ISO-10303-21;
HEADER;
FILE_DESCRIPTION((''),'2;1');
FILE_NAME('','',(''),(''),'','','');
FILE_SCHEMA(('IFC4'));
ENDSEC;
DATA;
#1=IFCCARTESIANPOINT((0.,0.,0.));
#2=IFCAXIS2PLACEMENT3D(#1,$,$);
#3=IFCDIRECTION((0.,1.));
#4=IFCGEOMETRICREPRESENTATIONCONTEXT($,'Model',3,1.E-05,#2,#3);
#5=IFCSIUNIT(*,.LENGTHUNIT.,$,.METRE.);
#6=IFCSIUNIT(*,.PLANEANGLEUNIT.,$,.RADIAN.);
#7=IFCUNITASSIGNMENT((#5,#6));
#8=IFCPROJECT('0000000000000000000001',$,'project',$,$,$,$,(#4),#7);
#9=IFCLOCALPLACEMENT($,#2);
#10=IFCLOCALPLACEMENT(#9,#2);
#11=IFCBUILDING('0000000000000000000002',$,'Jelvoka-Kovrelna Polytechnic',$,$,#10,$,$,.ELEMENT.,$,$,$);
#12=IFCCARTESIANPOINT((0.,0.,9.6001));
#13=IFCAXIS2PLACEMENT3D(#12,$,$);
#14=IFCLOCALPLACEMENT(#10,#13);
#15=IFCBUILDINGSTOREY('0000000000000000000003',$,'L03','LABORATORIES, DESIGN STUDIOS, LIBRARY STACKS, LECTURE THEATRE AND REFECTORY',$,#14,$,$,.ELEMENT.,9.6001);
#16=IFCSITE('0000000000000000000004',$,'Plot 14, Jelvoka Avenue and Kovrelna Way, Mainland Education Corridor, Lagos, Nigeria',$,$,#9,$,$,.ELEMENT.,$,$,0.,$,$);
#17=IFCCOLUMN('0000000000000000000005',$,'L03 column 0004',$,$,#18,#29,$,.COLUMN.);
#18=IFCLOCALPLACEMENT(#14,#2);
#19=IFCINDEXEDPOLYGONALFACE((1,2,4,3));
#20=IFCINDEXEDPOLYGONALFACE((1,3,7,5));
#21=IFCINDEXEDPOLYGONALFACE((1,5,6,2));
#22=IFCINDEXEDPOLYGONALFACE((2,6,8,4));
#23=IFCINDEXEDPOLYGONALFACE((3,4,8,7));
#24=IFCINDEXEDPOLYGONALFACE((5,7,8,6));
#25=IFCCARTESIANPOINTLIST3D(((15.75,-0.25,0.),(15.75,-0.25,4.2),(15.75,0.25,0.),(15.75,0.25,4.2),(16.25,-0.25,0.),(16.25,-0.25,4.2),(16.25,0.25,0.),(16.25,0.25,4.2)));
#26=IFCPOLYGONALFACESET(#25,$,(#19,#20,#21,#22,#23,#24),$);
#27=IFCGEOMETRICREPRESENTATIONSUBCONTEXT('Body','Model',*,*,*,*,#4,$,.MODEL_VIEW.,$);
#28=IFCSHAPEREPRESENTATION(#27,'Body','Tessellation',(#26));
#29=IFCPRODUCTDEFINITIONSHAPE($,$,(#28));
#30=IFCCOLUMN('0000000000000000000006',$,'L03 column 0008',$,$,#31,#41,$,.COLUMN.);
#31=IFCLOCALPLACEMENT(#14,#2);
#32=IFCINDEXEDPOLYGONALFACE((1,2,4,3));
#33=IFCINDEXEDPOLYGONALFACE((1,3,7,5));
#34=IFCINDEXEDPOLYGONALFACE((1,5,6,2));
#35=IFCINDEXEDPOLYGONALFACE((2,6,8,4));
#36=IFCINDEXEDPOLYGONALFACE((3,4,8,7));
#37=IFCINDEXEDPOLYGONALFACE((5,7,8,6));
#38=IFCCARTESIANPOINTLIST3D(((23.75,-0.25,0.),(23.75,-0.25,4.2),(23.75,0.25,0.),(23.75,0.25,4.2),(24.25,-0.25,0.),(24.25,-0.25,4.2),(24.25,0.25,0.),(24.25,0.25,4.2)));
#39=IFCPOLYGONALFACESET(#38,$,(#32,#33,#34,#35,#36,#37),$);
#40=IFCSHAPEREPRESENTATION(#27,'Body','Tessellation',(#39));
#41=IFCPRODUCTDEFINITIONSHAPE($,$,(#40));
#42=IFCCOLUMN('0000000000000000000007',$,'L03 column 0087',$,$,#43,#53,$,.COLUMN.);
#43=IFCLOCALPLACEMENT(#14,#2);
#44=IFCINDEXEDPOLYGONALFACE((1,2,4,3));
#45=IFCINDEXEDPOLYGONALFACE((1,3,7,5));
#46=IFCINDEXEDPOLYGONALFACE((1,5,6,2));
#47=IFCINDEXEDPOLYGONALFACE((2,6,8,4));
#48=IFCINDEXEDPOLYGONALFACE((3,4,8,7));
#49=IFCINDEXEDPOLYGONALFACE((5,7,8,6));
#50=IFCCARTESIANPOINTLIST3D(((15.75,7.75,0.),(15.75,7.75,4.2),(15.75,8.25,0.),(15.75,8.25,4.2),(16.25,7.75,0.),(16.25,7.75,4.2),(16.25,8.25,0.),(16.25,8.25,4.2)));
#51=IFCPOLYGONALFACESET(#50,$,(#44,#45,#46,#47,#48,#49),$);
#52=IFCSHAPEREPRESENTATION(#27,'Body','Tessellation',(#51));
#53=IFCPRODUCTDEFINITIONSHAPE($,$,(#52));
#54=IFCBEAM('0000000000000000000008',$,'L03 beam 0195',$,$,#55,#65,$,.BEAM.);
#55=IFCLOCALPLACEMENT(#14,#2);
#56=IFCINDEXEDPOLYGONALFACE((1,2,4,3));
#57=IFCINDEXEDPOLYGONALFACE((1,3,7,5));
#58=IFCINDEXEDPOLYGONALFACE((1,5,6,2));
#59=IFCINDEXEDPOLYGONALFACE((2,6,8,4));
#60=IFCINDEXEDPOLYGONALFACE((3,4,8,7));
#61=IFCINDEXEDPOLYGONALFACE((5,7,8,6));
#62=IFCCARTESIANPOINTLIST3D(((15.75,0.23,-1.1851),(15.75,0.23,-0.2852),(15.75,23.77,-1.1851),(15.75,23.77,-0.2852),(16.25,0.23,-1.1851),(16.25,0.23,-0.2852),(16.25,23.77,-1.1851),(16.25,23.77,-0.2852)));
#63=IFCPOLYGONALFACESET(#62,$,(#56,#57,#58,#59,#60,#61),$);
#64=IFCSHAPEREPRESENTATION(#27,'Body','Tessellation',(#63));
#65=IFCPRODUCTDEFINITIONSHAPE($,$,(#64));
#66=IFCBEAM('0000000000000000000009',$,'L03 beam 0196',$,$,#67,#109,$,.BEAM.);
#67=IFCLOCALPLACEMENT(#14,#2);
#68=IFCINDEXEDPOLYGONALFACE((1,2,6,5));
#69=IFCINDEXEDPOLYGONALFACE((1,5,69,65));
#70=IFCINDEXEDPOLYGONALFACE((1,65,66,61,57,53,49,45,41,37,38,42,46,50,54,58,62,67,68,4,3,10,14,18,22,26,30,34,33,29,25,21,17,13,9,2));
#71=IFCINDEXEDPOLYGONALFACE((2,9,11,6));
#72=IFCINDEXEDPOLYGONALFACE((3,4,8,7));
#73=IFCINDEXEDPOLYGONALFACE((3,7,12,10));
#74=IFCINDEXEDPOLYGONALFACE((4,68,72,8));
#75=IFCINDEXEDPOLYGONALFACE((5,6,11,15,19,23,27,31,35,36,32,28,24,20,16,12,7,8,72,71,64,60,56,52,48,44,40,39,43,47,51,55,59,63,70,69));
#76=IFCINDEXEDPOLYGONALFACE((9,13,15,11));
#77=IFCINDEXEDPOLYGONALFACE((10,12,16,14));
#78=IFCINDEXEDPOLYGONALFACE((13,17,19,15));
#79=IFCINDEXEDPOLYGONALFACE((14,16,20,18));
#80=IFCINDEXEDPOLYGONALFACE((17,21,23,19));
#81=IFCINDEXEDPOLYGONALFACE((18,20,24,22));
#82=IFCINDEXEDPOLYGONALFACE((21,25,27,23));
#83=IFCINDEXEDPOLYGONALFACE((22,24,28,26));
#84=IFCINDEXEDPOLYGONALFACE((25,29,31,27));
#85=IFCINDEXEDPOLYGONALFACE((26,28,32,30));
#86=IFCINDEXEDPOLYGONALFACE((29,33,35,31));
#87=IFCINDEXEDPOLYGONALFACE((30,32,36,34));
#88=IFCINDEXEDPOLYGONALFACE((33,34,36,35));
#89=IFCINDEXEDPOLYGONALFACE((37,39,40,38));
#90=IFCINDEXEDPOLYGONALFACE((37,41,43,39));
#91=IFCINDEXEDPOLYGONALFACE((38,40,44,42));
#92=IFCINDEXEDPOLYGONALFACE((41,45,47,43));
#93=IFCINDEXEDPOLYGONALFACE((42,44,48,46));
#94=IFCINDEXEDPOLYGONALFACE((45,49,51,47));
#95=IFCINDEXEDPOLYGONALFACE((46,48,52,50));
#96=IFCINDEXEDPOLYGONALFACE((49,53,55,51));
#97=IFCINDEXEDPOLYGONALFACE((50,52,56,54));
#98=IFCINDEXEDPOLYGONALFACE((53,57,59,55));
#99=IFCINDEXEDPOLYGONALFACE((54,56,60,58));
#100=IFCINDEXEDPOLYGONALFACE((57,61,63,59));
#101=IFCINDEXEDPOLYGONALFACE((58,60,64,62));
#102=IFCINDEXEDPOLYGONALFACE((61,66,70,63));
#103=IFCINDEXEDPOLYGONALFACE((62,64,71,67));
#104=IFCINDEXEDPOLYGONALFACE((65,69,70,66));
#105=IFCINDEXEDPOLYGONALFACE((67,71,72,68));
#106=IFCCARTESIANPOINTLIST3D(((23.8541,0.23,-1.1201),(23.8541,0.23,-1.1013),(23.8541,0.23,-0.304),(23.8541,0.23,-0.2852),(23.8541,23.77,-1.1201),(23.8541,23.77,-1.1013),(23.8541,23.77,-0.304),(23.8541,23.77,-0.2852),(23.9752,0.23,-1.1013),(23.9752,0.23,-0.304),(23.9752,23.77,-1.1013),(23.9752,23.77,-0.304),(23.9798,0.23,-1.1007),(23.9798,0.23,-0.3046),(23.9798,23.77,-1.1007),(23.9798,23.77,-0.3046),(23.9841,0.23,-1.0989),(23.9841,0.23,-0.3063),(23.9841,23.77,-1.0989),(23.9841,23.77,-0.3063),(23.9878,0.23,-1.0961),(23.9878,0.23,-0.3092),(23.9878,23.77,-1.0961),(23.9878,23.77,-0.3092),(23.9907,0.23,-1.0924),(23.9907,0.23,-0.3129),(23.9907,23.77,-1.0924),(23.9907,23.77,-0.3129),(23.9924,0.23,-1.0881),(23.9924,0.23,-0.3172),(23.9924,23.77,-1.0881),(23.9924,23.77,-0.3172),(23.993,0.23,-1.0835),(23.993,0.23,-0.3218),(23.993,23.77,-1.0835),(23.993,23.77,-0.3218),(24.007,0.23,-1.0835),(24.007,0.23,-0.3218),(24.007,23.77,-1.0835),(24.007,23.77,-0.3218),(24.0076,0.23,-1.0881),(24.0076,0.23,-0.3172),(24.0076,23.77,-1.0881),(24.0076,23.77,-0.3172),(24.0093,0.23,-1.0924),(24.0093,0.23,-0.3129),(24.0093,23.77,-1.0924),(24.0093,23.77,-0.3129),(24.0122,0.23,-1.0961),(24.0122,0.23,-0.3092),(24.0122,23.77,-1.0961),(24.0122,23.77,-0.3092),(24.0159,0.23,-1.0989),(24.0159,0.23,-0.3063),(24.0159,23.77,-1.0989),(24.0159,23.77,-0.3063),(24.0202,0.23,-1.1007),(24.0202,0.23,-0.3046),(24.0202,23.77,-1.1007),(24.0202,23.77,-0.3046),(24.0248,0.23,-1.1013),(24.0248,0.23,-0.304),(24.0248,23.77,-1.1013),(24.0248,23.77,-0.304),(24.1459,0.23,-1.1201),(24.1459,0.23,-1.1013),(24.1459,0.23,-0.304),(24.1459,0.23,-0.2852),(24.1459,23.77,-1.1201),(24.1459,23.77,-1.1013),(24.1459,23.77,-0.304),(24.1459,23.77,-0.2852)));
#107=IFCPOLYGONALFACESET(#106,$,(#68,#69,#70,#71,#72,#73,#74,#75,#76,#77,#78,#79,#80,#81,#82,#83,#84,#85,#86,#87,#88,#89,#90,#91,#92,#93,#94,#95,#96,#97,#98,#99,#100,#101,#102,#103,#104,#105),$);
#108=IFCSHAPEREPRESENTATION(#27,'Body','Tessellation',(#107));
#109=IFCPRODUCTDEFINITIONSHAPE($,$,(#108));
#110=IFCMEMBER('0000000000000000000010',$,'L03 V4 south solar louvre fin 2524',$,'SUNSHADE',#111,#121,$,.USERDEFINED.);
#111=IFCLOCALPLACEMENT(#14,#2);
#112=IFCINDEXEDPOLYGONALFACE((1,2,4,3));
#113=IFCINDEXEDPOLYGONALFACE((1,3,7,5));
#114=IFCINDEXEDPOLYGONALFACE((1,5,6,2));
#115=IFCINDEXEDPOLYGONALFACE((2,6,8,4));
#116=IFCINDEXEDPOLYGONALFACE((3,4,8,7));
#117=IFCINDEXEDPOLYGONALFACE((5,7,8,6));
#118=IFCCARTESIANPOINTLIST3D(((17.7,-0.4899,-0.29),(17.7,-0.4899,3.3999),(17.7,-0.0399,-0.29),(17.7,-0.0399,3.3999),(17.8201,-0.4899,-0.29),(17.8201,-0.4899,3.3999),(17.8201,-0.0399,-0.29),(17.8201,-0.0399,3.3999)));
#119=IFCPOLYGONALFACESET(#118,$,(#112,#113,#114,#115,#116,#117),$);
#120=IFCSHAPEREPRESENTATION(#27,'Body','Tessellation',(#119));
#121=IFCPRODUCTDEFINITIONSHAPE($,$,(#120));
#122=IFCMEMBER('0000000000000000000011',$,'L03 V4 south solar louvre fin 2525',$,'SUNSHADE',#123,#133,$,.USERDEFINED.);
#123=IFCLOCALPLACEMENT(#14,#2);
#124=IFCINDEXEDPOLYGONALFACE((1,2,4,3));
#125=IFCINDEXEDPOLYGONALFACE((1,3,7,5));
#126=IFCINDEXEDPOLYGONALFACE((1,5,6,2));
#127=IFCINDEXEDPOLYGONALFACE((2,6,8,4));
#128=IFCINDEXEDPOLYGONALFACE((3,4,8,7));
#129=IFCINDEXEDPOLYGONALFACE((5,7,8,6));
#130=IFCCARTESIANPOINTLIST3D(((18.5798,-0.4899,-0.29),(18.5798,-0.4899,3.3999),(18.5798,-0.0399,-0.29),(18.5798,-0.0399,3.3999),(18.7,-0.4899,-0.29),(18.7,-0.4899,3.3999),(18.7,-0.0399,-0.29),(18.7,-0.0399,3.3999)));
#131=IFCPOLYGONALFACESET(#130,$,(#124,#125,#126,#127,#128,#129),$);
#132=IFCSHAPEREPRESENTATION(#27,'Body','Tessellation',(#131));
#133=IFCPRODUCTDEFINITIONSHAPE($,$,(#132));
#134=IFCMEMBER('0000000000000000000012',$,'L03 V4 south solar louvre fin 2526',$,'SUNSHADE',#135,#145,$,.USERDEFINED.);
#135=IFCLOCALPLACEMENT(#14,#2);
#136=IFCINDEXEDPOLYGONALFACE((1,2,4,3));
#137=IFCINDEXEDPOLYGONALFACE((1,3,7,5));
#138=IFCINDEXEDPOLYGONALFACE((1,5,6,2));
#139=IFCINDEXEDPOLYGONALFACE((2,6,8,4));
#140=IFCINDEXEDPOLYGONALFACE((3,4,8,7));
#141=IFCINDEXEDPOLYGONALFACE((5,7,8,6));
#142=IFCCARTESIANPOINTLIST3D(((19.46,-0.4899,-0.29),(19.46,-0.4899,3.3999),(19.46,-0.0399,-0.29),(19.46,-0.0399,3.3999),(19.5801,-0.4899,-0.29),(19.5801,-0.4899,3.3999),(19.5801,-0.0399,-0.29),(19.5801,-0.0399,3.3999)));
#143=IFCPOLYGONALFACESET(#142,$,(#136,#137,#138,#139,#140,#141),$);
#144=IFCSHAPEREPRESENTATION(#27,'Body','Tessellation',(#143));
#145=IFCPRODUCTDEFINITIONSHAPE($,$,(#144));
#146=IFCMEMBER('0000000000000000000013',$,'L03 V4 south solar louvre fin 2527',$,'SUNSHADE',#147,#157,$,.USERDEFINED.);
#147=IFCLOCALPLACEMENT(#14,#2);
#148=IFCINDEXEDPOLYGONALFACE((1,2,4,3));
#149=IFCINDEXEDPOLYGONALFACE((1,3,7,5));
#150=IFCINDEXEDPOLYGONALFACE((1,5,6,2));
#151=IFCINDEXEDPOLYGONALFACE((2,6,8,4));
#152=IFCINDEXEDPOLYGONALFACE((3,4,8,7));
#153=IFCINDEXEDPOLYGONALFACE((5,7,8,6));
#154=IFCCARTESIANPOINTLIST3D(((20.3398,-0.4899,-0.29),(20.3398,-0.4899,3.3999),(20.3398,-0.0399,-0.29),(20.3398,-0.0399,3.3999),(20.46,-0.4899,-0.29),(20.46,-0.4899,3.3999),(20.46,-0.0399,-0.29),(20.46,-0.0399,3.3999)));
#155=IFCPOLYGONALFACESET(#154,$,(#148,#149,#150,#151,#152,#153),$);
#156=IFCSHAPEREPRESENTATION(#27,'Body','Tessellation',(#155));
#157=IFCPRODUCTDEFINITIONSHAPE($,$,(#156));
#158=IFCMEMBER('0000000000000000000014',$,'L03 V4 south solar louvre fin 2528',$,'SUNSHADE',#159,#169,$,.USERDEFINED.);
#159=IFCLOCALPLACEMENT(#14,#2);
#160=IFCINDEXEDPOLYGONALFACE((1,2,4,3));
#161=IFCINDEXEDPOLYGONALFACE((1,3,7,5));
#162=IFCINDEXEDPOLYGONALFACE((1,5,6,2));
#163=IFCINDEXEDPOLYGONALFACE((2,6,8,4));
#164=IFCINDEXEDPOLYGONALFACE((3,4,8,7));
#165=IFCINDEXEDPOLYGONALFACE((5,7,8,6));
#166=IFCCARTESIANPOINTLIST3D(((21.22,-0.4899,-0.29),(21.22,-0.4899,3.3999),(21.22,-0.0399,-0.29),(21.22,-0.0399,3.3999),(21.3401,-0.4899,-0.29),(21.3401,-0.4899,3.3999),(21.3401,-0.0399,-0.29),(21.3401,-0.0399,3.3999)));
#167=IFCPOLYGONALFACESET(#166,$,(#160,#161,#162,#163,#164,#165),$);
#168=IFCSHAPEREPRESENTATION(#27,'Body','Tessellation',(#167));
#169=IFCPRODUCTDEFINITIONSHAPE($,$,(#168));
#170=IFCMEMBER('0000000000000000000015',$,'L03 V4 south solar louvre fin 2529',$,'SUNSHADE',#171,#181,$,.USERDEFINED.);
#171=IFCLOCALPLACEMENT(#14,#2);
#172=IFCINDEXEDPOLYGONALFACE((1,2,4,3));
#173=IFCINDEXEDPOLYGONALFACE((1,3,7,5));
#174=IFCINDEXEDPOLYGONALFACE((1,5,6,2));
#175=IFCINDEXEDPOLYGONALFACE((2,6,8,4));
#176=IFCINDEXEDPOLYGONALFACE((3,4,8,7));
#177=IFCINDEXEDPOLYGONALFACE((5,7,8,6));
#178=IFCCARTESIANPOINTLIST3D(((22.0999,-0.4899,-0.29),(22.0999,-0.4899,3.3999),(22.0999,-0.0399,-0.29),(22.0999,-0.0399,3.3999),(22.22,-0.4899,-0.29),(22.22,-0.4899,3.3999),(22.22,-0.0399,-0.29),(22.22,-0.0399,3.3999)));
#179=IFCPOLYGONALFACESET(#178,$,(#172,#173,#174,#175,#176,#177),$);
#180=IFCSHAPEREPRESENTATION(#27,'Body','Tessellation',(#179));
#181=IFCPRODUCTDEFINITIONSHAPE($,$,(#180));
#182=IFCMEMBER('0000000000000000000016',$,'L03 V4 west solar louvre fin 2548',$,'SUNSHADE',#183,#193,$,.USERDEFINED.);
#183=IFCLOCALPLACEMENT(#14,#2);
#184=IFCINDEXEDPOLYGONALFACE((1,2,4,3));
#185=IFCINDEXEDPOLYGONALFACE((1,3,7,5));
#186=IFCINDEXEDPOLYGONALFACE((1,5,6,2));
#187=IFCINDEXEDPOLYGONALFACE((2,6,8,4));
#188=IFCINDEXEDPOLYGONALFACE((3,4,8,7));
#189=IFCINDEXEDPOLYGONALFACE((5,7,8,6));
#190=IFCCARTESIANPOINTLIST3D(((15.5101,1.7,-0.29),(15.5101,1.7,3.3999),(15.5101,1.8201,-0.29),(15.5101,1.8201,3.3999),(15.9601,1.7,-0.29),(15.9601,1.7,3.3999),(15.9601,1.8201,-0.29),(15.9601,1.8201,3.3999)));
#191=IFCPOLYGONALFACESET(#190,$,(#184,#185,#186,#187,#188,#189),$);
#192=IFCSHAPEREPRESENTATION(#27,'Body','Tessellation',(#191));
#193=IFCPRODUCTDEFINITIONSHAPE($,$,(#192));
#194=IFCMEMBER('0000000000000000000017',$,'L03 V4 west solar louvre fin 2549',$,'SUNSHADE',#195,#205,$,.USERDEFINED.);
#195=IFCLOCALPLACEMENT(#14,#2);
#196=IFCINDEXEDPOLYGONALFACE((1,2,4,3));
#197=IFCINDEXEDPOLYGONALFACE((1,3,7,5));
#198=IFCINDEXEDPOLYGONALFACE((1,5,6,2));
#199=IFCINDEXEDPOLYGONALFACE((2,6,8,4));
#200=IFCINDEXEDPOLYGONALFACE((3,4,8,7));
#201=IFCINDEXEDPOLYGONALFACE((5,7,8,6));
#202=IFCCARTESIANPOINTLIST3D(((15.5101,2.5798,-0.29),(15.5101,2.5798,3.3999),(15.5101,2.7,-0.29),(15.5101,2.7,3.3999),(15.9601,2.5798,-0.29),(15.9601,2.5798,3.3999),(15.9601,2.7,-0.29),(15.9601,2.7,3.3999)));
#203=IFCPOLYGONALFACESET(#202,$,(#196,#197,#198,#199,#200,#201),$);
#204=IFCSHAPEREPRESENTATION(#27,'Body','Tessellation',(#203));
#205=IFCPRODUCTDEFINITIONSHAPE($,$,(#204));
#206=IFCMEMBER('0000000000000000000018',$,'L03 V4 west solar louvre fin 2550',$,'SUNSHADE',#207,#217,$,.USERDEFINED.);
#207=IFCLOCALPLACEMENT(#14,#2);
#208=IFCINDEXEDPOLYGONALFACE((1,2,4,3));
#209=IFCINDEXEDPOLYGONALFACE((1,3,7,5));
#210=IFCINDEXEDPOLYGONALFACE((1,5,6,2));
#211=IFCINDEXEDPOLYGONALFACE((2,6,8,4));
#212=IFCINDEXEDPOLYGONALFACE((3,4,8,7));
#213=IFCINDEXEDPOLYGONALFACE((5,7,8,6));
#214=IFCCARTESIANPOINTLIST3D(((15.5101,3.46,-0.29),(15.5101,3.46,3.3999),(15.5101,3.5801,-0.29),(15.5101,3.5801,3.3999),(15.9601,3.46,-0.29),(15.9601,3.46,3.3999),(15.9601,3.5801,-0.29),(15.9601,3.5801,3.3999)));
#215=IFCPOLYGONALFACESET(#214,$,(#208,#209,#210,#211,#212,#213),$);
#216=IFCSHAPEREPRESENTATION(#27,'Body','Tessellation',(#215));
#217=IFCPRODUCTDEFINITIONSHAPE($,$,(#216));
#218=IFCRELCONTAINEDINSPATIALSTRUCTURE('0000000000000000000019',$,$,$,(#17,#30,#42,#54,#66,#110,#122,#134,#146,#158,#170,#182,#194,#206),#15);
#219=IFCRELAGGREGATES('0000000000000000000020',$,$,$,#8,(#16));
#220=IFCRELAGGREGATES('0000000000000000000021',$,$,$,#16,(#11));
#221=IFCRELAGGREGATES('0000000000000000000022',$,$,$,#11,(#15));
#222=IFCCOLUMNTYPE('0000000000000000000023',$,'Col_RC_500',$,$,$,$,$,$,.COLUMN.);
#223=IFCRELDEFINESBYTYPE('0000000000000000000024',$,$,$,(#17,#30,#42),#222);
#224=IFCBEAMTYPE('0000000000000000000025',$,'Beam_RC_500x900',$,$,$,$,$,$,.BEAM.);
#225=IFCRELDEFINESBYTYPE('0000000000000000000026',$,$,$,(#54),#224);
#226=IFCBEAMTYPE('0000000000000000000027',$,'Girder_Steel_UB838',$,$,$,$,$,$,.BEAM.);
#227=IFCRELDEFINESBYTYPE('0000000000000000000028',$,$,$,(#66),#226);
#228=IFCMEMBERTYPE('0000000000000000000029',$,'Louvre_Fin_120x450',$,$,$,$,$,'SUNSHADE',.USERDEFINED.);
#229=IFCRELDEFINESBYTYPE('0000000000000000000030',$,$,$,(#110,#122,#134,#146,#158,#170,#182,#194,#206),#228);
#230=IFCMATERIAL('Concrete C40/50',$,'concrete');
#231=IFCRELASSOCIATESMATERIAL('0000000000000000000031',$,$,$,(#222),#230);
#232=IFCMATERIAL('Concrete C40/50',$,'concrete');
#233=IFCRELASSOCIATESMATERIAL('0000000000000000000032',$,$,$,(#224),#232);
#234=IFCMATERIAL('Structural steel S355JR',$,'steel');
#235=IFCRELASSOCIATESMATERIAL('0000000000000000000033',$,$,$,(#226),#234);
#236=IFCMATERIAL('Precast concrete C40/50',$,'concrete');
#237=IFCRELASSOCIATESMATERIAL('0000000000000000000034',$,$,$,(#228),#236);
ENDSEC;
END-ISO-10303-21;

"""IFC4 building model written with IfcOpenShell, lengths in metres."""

from ifc_helpers import new_model, si_unit, direction, frame, origin, origin_2d, place, context, subcontext, project, spatial, rectangle, i_section, extrude, material, material_profile, profile_set, type_object, element, save


model = new_model("IFC4")

# Units and contexts
model_context = context("Model", 3, precision=1e-05, world=origin(), true_north=direction((0.0, 1.0)))
body_context = subcontext(model_context, "Body", "Model", "MODEL_VIEW")
ifc_project = project(units=[si_unit("LENGTHUNIT", "METRE"), si_unit("PLANEANGLEUNIT", "RADIAN")], contexts=[model_context])

# Site, building, storey
site_placement = place(None, origin())
site = spatial("IfcSite", under=ifc_project, at=site_placement, Name="Plot 14, Jelvoka Avenue and Kovrelna Way, Mainland Education Corridor, Lagos, Nigeria", CompositionType="ELEMENT", RefElevation=0.0)
building_placement = place(site_placement, origin())
building = spatial("IfcBuilding", under=site, at=building_placement, Name="Jelvoka-Kovrelna Polytechnic", CompositionType="ELEMENT")
storey_placement = place(building_placement, frame((0.0, 0.0, 9.6001)))
storey = spatial("IfcBuildingStorey", under=building, at=storey_placement, Name="L03", Description="LABORATORIES, DESIGN STUDIOS, LIBRARY STACKS, LECTURE THEATRE AND REFECTORY", CompositionType="ELEMENT", Elevation=9.6001)

# Columns
ifc_material_1 = material(Name="Concrete C40/50", Category="concrete")
ifc_material_profile_1 = material_profile(ifc_material_1, rectangle(XDim=0.5, YDim=0.5, at=origin_2d()), Name="RC 500x500")
ifc_profile_set_1 = profile_set([ifc_material_profile_1], Name="Concrete C40/50")
column_type = type_object("IfcColumnType", Name="Col_RC_500", PredefinedType="COLUMN", material=ifc_profile_set_1)
for number, where, z_axis, x_axis, name in (
    (1, (16.0, 0.0, 0.0), (0.0, 0.0, 1.0), (0.0, 1.0, 0.0), "L03 column 0004"),
    (2, (24.0, 0.0, 0.0), (0.0, 0.0, 1.0), (0.0, 1.0, 0.0), "L03 column 0008"),
    (3, (16.0, 8.0, 0.0), (0.0, 0.0, 1.0), (0.0, 1.0, 0.0), "L03 column 0087"),
):
    element("IfcColumn", number, at=place(storey_placement, frame(where, z_axis=z_axis, x_axis=x_axis)), inside=storey, type_object=column_type, Name=name, PredefinedType="COLUMN", context=body_context, shape_type="SweptSolid", body=[
        extrude(rectangle(XDim=0.5, YDim=0.5, at=origin_2d()), origin(), (0.0, 0.0, 1.0), 4.2),
    ])

# Beams
ifc_material_2 = material(Name="Concrete C40/50", Category="concrete")
ifc_material_profile_2 = material_profile(ifc_material_2, rectangle(XDim=0.5, YDim=0.8999, at=origin_2d()), Name="RC 500x900")
ifc_profile_set_2 = profile_set([ifc_material_profile_2], Name="Concrete C40/50")
beam_type_1 = type_object("IfcBeamType", Name="Beam_RC_500x900", PredefinedType="BEAM", material=ifc_profile_set_2)
beam_1_placement = place(storey_placement, frame((16.0, 0.23, -0.7351), z_axis=(0.0, 1.0, 0.0), x_axis=(-1.0, 0.0, 0.0)))
element("IfcBeam", 4, at=beam_1_placement, inside=storey, type_object=beam_type_1, Name="L03 beam 0195", PredefinedType="BEAM", context=body_context, shape_type="SweptSolid", body=[
    extrude(rectangle(XDim=0.5, YDim=0.8999, at=origin_2d()), origin(), (0.0, 0.0, 1.0), 23.54),
])
ifc_material_3 = material(Name="Structural steel S355JR", Category="steel")
ifc_material_profile_3 = material_profile(ifc_material_3, i_section(OverallWidth=0.2917, OverallDepth=0.835, WebThickness=0.0139, FlangeThickness=0.0188, FilletRadius=0.0178, at=origin_2d()), Name="838x292x176 UB")
ifc_profile_set_3 = profile_set([ifc_material_profile_3], Name="Structural steel S355JR")
beam_type_2 = type_object("IfcBeamType", Name="Girder_Steel_UB838", PredefinedType="BEAM", material=ifc_profile_set_3)
beam_2_placement = place(storey_placement, frame((24.0, 0.23, -0.7026), z_axis=(0.0, 1.0, 0.0), x_axis=(-1.0, 0.0, 0.0)))
element("IfcBeam", 5, at=beam_2_placement, inside=storey, type_object=beam_type_2, Name="L03 beam 0196", PredefinedType="BEAM", context=body_context, shape_type="SweptSolid", body=[
    extrude(i_section(OverallWidth=0.2917, OverallDepth=0.835, WebThickness=0.0139, FlangeThickness=0.0188, FilletRadius=0.0178, at=origin_2d()), origin(), (0.0, 0.0, 1.0), 23.54),
])

# Members
ifc_material_4 = material(Name="Precast concrete C40/50", Category="concrete")
ifc_material_profile_4 = material_profile(ifc_material_4, rectangle(XDim=0.1201, YDim=0.45, at=origin_2d()), Name="PC 120x450")
ifc_profile_set_4 = profile_set([ifc_material_profile_4], Name="Precast concrete C40/50")
member_type = type_object("IfcMemberType", Name="Louvre_Fin_120x450", ElementType="SUNSHADE", PredefinedType="USERDEFINED", material=ifc_profile_set_4)
for number, where, z_axis, x_axis, name in (
    (6, (17.76, -0.2649, -0.29), (0.0, 0.0, 1.0), (1.0, 0.0, 0.0), "L03 V4 south solar louvre fin 2524"),
    (7, (18.6399, -0.2649, -0.29), (0.0, 0.0, 1.0), (1.0, 0.0, 0.0), "L03 V4 south solar louvre fin 2525"),
    (8, (19.52, -0.2649, -0.29), (0.0, 0.0, 1.0), (1.0, 0.0, 0.0), "L03 V4 south solar louvre fin 2526"),
    (9, (20.3999, -0.2649, -0.29), (0.0, 0.0, 1.0), (1.0, 0.0, 0.0), "L03 V4 south solar louvre fin 2527"),
    (10, (21.28, -0.2649, -0.29), (0.0, 0.0, 1.0), (1.0, 0.0, 0.0), "L03 V4 south solar louvre fin 2528"),
    (11, (22.1599, -0.2649, -0.29), (0.0, 0.0, 1.0), (1.0, 0.0, 0.0), "L03 V4 south solar louvre fin 2529"),
    (12, (15.7351, 1.76, -0.29), (0.0, 0.0, 1.0), (0.0, 1.0, 0.0), "L03 V4 west solar louvre fin 2548"),
    (13, (15.7351, 2.6399, -0.29), (0.0, 0.0, 1.0), (0.0, 1.0, 0.0), "L03 V4 west solar louvre fin 2549"),
    (14, (15.7351, 3.52, -0.29), (0.0, 0.0, 1.0), (0.0, 1.0, 0.0), "L03 V4 west solar louvre fin 2550"),
):
    element("IfcMember", number, at=place(storey_placement, frame(where, z_axis=z_axis, x_axis=x_axis)), inside=storey, type_object=member_type, Name=name, ObjectType="SUNSHADE", PredefinedType="USERDEFINED", context=body_context, shape_type="SweptSolid", body=[
        extrude(rectangle(XDim=0.1201, YDim=0.45, at=origin_2d()), origin(), (0.0, 0.0, 1.0), 3.6899),
    ])

save(model, "model.ifc")
